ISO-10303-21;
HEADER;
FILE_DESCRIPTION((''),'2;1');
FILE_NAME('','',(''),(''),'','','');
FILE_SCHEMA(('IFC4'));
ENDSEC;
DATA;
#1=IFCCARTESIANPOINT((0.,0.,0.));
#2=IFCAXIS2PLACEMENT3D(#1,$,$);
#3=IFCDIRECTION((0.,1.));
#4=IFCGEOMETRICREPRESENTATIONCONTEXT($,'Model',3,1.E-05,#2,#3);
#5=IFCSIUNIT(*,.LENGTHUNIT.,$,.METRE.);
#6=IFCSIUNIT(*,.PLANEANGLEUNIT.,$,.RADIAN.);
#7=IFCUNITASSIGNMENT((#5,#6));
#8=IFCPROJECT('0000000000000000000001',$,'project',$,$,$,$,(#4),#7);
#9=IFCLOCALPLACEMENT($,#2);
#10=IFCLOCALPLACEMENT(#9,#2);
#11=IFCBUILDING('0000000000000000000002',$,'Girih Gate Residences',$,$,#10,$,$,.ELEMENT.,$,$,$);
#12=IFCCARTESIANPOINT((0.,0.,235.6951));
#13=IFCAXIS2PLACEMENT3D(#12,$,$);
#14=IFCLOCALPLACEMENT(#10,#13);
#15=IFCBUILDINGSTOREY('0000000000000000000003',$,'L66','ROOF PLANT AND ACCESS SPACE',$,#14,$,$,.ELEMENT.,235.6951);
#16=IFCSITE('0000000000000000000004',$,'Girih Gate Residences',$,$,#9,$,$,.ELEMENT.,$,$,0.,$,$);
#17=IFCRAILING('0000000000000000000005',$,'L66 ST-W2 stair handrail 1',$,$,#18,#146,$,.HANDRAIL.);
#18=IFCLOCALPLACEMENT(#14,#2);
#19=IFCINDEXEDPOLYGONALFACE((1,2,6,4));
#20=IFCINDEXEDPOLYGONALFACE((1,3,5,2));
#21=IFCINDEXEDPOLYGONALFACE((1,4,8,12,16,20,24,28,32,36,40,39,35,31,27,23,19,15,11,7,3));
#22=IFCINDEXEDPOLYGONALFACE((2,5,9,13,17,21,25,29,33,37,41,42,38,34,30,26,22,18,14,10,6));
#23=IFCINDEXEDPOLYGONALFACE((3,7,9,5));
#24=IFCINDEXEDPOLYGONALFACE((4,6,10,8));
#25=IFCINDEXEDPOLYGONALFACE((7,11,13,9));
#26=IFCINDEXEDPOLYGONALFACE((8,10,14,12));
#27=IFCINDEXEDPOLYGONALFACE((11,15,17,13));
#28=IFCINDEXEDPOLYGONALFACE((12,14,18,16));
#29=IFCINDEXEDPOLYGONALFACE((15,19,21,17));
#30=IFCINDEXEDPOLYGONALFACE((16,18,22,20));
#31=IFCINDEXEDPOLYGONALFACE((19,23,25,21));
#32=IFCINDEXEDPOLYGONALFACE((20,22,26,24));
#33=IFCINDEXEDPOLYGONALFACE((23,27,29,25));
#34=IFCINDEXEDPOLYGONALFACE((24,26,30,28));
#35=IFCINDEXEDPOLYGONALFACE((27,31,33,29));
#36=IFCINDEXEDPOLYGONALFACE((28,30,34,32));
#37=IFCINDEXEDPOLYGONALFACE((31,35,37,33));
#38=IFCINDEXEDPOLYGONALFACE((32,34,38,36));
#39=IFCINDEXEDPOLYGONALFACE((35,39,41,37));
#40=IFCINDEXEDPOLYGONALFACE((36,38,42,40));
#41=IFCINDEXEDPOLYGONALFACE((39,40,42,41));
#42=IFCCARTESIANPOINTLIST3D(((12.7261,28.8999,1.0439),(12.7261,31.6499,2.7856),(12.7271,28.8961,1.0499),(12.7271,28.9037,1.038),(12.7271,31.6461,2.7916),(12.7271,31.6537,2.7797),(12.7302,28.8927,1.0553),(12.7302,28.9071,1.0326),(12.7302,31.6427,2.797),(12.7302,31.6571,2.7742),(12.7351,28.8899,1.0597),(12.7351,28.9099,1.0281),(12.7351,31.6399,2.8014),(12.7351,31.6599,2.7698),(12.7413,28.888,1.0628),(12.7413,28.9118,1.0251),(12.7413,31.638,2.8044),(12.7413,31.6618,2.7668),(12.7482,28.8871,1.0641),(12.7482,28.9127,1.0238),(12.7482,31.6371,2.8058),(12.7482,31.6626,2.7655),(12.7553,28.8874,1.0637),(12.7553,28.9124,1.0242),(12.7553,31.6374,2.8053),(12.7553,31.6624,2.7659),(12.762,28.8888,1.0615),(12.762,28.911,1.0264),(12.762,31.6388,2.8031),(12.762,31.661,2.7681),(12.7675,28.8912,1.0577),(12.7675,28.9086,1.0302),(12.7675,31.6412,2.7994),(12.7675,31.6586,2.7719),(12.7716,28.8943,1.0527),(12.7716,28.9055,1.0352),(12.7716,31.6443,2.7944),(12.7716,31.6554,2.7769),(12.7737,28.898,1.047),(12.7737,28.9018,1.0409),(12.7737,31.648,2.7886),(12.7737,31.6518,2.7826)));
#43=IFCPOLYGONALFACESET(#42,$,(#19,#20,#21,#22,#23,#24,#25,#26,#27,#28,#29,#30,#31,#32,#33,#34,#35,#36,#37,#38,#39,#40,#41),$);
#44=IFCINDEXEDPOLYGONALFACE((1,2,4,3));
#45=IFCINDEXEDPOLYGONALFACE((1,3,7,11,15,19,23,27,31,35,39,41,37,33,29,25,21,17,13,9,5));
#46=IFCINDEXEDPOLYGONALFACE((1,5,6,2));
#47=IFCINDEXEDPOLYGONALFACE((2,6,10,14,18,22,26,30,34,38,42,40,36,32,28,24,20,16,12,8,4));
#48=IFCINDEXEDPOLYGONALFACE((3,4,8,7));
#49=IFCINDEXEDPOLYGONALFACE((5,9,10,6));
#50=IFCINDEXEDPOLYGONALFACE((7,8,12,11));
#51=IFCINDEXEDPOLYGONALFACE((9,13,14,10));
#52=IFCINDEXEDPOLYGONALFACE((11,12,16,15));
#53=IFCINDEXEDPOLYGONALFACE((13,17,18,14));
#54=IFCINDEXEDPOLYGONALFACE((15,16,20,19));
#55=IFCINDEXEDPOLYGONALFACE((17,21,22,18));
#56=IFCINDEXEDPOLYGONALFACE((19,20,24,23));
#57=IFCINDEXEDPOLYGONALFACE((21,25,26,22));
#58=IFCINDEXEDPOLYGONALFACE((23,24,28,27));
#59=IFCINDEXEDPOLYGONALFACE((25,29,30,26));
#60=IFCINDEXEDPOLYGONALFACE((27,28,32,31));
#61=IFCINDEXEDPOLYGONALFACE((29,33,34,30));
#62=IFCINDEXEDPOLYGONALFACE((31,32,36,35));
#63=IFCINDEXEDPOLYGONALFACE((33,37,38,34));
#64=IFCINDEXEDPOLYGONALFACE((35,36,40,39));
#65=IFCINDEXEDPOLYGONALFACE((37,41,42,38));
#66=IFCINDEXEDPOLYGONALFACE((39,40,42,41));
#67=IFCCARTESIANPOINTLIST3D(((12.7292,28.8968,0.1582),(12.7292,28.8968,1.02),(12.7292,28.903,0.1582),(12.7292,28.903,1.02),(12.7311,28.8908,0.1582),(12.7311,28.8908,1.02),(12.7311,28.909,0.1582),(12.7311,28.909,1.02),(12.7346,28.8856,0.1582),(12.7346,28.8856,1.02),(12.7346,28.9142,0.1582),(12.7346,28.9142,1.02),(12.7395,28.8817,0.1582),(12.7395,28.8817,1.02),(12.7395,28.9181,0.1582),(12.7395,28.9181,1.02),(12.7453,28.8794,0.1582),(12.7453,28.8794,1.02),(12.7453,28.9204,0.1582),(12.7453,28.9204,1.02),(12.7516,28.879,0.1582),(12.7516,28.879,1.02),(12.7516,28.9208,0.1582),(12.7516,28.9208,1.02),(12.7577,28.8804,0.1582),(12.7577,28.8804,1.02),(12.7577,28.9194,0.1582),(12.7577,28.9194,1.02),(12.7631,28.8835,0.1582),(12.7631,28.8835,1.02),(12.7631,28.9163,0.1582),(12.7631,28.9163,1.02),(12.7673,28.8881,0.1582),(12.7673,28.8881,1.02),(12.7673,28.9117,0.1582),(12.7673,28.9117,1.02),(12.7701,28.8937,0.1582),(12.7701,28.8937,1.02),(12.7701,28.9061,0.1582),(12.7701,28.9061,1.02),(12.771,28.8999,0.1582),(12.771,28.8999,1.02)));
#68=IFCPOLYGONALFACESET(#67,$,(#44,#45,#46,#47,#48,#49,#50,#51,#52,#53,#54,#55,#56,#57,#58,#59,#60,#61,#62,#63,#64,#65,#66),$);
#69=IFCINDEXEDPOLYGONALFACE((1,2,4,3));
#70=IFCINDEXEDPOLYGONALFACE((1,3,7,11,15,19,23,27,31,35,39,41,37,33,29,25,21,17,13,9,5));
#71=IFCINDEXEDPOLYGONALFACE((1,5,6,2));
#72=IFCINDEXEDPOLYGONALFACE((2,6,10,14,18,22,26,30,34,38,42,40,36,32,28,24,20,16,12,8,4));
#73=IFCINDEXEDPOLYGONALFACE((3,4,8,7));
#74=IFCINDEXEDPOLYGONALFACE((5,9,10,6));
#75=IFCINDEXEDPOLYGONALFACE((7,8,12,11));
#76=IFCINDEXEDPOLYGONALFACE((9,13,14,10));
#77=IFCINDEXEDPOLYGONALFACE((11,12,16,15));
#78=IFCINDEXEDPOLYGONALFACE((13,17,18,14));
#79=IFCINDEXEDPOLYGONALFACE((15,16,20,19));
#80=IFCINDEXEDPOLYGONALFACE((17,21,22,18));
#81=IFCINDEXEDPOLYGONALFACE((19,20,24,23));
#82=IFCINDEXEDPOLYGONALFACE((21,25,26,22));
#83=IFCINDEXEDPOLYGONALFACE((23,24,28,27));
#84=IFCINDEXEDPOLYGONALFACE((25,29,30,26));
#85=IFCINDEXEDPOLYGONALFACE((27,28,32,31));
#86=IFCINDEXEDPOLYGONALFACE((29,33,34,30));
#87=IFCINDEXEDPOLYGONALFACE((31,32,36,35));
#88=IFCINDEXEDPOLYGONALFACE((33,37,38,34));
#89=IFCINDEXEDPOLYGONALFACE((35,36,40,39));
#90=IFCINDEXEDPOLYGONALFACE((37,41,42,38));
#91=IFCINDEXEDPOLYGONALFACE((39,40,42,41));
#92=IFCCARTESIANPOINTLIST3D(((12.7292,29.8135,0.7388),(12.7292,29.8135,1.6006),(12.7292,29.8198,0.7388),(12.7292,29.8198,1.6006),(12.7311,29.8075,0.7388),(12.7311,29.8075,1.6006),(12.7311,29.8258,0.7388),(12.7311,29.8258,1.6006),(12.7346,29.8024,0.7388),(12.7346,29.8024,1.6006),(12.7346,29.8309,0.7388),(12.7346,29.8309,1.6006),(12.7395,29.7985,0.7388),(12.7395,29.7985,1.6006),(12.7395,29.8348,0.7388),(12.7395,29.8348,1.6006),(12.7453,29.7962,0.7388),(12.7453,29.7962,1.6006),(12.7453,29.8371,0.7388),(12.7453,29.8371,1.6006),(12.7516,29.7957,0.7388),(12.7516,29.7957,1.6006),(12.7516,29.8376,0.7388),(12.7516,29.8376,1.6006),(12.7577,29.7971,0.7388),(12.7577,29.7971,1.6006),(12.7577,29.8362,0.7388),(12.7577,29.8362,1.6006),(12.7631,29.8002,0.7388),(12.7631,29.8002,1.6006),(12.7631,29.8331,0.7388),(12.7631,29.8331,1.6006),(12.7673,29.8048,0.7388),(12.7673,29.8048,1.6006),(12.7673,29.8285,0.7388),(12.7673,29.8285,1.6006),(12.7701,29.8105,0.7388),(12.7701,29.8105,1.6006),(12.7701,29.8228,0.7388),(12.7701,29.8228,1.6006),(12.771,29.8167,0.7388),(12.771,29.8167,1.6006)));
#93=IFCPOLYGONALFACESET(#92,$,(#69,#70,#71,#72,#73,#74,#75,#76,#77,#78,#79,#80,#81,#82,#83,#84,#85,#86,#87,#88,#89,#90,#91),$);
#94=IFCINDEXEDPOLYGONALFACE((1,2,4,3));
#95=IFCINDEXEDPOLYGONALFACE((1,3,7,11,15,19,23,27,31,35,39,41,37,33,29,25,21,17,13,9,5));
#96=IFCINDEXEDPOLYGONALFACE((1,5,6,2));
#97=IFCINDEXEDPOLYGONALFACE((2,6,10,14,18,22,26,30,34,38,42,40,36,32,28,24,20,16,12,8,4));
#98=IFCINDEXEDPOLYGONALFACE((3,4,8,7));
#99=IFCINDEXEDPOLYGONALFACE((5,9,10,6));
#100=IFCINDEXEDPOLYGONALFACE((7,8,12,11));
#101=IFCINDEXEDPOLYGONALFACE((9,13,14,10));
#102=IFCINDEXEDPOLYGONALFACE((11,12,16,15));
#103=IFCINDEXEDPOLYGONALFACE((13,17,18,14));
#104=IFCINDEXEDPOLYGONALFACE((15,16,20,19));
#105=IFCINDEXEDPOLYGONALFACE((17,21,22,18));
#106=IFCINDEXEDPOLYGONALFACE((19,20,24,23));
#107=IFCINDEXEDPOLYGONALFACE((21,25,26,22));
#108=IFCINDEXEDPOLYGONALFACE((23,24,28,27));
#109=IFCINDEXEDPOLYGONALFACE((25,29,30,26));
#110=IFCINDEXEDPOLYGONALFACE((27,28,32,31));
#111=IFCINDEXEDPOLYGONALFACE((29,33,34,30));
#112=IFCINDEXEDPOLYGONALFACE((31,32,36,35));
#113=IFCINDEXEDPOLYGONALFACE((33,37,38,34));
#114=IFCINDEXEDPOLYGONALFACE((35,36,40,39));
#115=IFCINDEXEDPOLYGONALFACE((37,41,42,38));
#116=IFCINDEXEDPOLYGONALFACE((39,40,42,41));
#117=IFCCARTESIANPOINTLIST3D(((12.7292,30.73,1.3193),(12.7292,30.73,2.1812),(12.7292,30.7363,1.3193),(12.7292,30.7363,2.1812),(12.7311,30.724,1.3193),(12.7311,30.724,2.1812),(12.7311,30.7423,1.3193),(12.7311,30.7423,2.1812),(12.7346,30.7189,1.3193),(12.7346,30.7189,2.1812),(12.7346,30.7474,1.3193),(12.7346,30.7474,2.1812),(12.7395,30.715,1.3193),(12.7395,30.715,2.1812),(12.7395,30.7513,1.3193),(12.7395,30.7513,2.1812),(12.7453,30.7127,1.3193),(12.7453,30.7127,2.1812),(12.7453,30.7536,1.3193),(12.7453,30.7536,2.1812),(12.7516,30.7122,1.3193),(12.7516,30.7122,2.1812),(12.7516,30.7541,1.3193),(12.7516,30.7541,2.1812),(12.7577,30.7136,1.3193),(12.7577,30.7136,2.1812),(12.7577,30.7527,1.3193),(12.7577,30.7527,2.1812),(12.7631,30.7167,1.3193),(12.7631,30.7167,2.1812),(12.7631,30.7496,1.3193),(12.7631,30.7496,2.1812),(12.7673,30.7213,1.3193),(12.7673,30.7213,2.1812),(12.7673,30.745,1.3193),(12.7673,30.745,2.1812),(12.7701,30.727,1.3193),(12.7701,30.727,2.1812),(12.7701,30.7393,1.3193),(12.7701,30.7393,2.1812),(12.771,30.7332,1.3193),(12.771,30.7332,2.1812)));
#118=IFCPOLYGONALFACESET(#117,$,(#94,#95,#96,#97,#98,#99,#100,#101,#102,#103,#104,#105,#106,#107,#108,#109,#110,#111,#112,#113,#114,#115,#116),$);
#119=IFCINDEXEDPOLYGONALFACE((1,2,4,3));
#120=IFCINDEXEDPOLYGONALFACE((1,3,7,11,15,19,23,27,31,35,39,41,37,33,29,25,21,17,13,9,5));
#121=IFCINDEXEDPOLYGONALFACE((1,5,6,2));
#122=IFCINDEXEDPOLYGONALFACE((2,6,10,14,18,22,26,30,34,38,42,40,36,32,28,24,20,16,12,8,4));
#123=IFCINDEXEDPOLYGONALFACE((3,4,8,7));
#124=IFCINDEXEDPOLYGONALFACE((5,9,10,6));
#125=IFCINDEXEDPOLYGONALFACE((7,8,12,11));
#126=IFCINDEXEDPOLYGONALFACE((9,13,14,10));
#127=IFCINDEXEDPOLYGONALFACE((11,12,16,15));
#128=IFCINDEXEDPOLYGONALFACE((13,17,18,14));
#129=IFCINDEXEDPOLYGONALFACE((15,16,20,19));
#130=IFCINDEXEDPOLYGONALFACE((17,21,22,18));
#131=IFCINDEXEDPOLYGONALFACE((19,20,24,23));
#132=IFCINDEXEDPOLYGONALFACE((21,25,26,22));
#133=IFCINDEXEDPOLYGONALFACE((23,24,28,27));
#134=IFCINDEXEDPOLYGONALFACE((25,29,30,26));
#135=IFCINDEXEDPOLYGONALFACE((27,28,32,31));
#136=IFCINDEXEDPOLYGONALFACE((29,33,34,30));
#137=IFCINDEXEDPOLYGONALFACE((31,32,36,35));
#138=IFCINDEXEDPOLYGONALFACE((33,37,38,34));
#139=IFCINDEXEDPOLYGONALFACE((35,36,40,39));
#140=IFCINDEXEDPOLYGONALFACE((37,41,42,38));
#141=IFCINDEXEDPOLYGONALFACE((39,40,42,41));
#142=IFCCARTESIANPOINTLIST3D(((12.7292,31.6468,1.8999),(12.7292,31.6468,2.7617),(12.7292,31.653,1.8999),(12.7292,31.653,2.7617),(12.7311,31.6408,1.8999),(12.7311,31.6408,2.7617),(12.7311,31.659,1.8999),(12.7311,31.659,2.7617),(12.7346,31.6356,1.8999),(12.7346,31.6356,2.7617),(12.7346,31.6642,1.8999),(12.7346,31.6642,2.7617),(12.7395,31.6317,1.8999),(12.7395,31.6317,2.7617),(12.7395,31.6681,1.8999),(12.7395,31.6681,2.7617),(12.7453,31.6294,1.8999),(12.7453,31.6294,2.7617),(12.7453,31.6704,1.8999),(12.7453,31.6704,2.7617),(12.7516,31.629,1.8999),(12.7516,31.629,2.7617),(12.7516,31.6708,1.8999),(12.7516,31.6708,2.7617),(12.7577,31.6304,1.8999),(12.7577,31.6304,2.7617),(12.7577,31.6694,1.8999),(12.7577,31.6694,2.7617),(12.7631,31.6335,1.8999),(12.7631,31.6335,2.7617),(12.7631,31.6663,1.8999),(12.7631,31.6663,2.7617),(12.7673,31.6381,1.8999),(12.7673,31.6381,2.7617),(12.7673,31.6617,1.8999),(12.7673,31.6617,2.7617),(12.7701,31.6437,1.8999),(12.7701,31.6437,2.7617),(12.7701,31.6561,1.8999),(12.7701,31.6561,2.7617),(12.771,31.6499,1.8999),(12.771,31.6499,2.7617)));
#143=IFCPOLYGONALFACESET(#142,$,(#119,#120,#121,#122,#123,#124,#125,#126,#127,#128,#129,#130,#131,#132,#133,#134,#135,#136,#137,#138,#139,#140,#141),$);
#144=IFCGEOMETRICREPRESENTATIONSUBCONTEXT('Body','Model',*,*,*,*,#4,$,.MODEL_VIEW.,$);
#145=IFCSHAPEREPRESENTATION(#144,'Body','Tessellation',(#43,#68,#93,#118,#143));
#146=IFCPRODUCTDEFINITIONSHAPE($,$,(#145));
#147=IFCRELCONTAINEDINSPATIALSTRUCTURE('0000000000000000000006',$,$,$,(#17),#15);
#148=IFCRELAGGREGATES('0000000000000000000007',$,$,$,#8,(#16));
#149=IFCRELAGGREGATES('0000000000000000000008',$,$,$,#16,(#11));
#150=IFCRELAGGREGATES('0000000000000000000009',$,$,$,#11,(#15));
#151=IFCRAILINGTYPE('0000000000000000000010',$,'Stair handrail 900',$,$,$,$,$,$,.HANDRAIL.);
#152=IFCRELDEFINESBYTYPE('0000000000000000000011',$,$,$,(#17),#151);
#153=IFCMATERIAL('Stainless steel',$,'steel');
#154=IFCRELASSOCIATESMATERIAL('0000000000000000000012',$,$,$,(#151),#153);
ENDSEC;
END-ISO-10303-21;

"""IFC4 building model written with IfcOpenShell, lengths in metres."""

from ifc_helpers import new_model, si_unit, direction, frame, origin, origin_2d, place, context, subcontext, project, spatial, circle, extrude, material, type_object, element, save


model = new_model("IFC4")

# Units and contexts
model_context = context("Model", 3, precision=1e-05, world=origin(), true_north=direction((0.0, 1.0)))
body_context = subcontext(model_context, "Body", "Model", "MODEL_VIEW")
ifc_project = project(units=[si_unit("LENGTHUNIT", "METRE"), si_unit("PLANEANGLEUNIT", "RADIAN")], contexts=[model_context])

# Site, building, storey
site_placement = place(None, origin())
site = spatial("IfcSite", under=ifc_project, at=site_placement, Name="Girih Gate Residences", CompositionType="ELEMENT", RefElevation=0.0)
building_placement = place(site_placement, origin())
building = spatial("IfcBuilding", under=site, at=building_placement, Name="Girih Gate Residences", CompositionType="ELEMENT")
storey_placement = place(building_placement, frame((0.0, 0.0, 235.6951)))
storey = spatial("IfcBuildingStorey", under=building, at=storey_placement, Name="L66", Description="ROOF PLANT AND ACCESS SPACE", CompositionType="ELEMENT", Elevation=235.6951)

# Railing
ifc_material_1 = material(Name="Stainless steel", Category="steel")
railing_type_1 = type_object("IfcRailingType", Name="Stair handrail 900", PredefinedType="HANDRAIL", material=ifc_material_1)
for number, where, name in (
    (1, (12.75, 28.8999, 0.1582), "L66 ST-W2 stair handrail 1"),
):
    element("IfcRailing", number, at=place(storey_placement, frame(where)), inside=storey, type_object=railing_type_1, Name=name, PredefinedType="HANDRAIL", context=body_context, shape_type="SweptSolid", body=[
        extrude(circle(Radius=0.0239, at=origin_2d()), frame((0.0, 0.0, 0.8857), z_axis=(0.0, 0.844815, 0.535059), x_axis=(-1.0, 0.0, 0.0)), (0.0, 0.0, 1.0), 3.2551),
        extrude(circle(Radius=0.021, at=origin_2d()), origin(), (0.0, 0.0, 1.0), 0.8618),
        extrude(circle(Radius=0.021, at=origin_2d()), frame((0.0, 0.9167, 0.5806)), (0.0, 0.0, 1.0), 0.8618),
        extrude(circle(Radius=0.021, at=origin_2d()), frame((0.0, 1.8333, 1.1611)), (0.0, 0.0, 1.0), 0.8618),
        extrude(circle(Radius=0.021, at=origin_2d()), frame((0.0, 2.75, 1.7417)), (0.0, 0.0, 1.0), 0.8618),
    ])

save(model, "model.ifc")
